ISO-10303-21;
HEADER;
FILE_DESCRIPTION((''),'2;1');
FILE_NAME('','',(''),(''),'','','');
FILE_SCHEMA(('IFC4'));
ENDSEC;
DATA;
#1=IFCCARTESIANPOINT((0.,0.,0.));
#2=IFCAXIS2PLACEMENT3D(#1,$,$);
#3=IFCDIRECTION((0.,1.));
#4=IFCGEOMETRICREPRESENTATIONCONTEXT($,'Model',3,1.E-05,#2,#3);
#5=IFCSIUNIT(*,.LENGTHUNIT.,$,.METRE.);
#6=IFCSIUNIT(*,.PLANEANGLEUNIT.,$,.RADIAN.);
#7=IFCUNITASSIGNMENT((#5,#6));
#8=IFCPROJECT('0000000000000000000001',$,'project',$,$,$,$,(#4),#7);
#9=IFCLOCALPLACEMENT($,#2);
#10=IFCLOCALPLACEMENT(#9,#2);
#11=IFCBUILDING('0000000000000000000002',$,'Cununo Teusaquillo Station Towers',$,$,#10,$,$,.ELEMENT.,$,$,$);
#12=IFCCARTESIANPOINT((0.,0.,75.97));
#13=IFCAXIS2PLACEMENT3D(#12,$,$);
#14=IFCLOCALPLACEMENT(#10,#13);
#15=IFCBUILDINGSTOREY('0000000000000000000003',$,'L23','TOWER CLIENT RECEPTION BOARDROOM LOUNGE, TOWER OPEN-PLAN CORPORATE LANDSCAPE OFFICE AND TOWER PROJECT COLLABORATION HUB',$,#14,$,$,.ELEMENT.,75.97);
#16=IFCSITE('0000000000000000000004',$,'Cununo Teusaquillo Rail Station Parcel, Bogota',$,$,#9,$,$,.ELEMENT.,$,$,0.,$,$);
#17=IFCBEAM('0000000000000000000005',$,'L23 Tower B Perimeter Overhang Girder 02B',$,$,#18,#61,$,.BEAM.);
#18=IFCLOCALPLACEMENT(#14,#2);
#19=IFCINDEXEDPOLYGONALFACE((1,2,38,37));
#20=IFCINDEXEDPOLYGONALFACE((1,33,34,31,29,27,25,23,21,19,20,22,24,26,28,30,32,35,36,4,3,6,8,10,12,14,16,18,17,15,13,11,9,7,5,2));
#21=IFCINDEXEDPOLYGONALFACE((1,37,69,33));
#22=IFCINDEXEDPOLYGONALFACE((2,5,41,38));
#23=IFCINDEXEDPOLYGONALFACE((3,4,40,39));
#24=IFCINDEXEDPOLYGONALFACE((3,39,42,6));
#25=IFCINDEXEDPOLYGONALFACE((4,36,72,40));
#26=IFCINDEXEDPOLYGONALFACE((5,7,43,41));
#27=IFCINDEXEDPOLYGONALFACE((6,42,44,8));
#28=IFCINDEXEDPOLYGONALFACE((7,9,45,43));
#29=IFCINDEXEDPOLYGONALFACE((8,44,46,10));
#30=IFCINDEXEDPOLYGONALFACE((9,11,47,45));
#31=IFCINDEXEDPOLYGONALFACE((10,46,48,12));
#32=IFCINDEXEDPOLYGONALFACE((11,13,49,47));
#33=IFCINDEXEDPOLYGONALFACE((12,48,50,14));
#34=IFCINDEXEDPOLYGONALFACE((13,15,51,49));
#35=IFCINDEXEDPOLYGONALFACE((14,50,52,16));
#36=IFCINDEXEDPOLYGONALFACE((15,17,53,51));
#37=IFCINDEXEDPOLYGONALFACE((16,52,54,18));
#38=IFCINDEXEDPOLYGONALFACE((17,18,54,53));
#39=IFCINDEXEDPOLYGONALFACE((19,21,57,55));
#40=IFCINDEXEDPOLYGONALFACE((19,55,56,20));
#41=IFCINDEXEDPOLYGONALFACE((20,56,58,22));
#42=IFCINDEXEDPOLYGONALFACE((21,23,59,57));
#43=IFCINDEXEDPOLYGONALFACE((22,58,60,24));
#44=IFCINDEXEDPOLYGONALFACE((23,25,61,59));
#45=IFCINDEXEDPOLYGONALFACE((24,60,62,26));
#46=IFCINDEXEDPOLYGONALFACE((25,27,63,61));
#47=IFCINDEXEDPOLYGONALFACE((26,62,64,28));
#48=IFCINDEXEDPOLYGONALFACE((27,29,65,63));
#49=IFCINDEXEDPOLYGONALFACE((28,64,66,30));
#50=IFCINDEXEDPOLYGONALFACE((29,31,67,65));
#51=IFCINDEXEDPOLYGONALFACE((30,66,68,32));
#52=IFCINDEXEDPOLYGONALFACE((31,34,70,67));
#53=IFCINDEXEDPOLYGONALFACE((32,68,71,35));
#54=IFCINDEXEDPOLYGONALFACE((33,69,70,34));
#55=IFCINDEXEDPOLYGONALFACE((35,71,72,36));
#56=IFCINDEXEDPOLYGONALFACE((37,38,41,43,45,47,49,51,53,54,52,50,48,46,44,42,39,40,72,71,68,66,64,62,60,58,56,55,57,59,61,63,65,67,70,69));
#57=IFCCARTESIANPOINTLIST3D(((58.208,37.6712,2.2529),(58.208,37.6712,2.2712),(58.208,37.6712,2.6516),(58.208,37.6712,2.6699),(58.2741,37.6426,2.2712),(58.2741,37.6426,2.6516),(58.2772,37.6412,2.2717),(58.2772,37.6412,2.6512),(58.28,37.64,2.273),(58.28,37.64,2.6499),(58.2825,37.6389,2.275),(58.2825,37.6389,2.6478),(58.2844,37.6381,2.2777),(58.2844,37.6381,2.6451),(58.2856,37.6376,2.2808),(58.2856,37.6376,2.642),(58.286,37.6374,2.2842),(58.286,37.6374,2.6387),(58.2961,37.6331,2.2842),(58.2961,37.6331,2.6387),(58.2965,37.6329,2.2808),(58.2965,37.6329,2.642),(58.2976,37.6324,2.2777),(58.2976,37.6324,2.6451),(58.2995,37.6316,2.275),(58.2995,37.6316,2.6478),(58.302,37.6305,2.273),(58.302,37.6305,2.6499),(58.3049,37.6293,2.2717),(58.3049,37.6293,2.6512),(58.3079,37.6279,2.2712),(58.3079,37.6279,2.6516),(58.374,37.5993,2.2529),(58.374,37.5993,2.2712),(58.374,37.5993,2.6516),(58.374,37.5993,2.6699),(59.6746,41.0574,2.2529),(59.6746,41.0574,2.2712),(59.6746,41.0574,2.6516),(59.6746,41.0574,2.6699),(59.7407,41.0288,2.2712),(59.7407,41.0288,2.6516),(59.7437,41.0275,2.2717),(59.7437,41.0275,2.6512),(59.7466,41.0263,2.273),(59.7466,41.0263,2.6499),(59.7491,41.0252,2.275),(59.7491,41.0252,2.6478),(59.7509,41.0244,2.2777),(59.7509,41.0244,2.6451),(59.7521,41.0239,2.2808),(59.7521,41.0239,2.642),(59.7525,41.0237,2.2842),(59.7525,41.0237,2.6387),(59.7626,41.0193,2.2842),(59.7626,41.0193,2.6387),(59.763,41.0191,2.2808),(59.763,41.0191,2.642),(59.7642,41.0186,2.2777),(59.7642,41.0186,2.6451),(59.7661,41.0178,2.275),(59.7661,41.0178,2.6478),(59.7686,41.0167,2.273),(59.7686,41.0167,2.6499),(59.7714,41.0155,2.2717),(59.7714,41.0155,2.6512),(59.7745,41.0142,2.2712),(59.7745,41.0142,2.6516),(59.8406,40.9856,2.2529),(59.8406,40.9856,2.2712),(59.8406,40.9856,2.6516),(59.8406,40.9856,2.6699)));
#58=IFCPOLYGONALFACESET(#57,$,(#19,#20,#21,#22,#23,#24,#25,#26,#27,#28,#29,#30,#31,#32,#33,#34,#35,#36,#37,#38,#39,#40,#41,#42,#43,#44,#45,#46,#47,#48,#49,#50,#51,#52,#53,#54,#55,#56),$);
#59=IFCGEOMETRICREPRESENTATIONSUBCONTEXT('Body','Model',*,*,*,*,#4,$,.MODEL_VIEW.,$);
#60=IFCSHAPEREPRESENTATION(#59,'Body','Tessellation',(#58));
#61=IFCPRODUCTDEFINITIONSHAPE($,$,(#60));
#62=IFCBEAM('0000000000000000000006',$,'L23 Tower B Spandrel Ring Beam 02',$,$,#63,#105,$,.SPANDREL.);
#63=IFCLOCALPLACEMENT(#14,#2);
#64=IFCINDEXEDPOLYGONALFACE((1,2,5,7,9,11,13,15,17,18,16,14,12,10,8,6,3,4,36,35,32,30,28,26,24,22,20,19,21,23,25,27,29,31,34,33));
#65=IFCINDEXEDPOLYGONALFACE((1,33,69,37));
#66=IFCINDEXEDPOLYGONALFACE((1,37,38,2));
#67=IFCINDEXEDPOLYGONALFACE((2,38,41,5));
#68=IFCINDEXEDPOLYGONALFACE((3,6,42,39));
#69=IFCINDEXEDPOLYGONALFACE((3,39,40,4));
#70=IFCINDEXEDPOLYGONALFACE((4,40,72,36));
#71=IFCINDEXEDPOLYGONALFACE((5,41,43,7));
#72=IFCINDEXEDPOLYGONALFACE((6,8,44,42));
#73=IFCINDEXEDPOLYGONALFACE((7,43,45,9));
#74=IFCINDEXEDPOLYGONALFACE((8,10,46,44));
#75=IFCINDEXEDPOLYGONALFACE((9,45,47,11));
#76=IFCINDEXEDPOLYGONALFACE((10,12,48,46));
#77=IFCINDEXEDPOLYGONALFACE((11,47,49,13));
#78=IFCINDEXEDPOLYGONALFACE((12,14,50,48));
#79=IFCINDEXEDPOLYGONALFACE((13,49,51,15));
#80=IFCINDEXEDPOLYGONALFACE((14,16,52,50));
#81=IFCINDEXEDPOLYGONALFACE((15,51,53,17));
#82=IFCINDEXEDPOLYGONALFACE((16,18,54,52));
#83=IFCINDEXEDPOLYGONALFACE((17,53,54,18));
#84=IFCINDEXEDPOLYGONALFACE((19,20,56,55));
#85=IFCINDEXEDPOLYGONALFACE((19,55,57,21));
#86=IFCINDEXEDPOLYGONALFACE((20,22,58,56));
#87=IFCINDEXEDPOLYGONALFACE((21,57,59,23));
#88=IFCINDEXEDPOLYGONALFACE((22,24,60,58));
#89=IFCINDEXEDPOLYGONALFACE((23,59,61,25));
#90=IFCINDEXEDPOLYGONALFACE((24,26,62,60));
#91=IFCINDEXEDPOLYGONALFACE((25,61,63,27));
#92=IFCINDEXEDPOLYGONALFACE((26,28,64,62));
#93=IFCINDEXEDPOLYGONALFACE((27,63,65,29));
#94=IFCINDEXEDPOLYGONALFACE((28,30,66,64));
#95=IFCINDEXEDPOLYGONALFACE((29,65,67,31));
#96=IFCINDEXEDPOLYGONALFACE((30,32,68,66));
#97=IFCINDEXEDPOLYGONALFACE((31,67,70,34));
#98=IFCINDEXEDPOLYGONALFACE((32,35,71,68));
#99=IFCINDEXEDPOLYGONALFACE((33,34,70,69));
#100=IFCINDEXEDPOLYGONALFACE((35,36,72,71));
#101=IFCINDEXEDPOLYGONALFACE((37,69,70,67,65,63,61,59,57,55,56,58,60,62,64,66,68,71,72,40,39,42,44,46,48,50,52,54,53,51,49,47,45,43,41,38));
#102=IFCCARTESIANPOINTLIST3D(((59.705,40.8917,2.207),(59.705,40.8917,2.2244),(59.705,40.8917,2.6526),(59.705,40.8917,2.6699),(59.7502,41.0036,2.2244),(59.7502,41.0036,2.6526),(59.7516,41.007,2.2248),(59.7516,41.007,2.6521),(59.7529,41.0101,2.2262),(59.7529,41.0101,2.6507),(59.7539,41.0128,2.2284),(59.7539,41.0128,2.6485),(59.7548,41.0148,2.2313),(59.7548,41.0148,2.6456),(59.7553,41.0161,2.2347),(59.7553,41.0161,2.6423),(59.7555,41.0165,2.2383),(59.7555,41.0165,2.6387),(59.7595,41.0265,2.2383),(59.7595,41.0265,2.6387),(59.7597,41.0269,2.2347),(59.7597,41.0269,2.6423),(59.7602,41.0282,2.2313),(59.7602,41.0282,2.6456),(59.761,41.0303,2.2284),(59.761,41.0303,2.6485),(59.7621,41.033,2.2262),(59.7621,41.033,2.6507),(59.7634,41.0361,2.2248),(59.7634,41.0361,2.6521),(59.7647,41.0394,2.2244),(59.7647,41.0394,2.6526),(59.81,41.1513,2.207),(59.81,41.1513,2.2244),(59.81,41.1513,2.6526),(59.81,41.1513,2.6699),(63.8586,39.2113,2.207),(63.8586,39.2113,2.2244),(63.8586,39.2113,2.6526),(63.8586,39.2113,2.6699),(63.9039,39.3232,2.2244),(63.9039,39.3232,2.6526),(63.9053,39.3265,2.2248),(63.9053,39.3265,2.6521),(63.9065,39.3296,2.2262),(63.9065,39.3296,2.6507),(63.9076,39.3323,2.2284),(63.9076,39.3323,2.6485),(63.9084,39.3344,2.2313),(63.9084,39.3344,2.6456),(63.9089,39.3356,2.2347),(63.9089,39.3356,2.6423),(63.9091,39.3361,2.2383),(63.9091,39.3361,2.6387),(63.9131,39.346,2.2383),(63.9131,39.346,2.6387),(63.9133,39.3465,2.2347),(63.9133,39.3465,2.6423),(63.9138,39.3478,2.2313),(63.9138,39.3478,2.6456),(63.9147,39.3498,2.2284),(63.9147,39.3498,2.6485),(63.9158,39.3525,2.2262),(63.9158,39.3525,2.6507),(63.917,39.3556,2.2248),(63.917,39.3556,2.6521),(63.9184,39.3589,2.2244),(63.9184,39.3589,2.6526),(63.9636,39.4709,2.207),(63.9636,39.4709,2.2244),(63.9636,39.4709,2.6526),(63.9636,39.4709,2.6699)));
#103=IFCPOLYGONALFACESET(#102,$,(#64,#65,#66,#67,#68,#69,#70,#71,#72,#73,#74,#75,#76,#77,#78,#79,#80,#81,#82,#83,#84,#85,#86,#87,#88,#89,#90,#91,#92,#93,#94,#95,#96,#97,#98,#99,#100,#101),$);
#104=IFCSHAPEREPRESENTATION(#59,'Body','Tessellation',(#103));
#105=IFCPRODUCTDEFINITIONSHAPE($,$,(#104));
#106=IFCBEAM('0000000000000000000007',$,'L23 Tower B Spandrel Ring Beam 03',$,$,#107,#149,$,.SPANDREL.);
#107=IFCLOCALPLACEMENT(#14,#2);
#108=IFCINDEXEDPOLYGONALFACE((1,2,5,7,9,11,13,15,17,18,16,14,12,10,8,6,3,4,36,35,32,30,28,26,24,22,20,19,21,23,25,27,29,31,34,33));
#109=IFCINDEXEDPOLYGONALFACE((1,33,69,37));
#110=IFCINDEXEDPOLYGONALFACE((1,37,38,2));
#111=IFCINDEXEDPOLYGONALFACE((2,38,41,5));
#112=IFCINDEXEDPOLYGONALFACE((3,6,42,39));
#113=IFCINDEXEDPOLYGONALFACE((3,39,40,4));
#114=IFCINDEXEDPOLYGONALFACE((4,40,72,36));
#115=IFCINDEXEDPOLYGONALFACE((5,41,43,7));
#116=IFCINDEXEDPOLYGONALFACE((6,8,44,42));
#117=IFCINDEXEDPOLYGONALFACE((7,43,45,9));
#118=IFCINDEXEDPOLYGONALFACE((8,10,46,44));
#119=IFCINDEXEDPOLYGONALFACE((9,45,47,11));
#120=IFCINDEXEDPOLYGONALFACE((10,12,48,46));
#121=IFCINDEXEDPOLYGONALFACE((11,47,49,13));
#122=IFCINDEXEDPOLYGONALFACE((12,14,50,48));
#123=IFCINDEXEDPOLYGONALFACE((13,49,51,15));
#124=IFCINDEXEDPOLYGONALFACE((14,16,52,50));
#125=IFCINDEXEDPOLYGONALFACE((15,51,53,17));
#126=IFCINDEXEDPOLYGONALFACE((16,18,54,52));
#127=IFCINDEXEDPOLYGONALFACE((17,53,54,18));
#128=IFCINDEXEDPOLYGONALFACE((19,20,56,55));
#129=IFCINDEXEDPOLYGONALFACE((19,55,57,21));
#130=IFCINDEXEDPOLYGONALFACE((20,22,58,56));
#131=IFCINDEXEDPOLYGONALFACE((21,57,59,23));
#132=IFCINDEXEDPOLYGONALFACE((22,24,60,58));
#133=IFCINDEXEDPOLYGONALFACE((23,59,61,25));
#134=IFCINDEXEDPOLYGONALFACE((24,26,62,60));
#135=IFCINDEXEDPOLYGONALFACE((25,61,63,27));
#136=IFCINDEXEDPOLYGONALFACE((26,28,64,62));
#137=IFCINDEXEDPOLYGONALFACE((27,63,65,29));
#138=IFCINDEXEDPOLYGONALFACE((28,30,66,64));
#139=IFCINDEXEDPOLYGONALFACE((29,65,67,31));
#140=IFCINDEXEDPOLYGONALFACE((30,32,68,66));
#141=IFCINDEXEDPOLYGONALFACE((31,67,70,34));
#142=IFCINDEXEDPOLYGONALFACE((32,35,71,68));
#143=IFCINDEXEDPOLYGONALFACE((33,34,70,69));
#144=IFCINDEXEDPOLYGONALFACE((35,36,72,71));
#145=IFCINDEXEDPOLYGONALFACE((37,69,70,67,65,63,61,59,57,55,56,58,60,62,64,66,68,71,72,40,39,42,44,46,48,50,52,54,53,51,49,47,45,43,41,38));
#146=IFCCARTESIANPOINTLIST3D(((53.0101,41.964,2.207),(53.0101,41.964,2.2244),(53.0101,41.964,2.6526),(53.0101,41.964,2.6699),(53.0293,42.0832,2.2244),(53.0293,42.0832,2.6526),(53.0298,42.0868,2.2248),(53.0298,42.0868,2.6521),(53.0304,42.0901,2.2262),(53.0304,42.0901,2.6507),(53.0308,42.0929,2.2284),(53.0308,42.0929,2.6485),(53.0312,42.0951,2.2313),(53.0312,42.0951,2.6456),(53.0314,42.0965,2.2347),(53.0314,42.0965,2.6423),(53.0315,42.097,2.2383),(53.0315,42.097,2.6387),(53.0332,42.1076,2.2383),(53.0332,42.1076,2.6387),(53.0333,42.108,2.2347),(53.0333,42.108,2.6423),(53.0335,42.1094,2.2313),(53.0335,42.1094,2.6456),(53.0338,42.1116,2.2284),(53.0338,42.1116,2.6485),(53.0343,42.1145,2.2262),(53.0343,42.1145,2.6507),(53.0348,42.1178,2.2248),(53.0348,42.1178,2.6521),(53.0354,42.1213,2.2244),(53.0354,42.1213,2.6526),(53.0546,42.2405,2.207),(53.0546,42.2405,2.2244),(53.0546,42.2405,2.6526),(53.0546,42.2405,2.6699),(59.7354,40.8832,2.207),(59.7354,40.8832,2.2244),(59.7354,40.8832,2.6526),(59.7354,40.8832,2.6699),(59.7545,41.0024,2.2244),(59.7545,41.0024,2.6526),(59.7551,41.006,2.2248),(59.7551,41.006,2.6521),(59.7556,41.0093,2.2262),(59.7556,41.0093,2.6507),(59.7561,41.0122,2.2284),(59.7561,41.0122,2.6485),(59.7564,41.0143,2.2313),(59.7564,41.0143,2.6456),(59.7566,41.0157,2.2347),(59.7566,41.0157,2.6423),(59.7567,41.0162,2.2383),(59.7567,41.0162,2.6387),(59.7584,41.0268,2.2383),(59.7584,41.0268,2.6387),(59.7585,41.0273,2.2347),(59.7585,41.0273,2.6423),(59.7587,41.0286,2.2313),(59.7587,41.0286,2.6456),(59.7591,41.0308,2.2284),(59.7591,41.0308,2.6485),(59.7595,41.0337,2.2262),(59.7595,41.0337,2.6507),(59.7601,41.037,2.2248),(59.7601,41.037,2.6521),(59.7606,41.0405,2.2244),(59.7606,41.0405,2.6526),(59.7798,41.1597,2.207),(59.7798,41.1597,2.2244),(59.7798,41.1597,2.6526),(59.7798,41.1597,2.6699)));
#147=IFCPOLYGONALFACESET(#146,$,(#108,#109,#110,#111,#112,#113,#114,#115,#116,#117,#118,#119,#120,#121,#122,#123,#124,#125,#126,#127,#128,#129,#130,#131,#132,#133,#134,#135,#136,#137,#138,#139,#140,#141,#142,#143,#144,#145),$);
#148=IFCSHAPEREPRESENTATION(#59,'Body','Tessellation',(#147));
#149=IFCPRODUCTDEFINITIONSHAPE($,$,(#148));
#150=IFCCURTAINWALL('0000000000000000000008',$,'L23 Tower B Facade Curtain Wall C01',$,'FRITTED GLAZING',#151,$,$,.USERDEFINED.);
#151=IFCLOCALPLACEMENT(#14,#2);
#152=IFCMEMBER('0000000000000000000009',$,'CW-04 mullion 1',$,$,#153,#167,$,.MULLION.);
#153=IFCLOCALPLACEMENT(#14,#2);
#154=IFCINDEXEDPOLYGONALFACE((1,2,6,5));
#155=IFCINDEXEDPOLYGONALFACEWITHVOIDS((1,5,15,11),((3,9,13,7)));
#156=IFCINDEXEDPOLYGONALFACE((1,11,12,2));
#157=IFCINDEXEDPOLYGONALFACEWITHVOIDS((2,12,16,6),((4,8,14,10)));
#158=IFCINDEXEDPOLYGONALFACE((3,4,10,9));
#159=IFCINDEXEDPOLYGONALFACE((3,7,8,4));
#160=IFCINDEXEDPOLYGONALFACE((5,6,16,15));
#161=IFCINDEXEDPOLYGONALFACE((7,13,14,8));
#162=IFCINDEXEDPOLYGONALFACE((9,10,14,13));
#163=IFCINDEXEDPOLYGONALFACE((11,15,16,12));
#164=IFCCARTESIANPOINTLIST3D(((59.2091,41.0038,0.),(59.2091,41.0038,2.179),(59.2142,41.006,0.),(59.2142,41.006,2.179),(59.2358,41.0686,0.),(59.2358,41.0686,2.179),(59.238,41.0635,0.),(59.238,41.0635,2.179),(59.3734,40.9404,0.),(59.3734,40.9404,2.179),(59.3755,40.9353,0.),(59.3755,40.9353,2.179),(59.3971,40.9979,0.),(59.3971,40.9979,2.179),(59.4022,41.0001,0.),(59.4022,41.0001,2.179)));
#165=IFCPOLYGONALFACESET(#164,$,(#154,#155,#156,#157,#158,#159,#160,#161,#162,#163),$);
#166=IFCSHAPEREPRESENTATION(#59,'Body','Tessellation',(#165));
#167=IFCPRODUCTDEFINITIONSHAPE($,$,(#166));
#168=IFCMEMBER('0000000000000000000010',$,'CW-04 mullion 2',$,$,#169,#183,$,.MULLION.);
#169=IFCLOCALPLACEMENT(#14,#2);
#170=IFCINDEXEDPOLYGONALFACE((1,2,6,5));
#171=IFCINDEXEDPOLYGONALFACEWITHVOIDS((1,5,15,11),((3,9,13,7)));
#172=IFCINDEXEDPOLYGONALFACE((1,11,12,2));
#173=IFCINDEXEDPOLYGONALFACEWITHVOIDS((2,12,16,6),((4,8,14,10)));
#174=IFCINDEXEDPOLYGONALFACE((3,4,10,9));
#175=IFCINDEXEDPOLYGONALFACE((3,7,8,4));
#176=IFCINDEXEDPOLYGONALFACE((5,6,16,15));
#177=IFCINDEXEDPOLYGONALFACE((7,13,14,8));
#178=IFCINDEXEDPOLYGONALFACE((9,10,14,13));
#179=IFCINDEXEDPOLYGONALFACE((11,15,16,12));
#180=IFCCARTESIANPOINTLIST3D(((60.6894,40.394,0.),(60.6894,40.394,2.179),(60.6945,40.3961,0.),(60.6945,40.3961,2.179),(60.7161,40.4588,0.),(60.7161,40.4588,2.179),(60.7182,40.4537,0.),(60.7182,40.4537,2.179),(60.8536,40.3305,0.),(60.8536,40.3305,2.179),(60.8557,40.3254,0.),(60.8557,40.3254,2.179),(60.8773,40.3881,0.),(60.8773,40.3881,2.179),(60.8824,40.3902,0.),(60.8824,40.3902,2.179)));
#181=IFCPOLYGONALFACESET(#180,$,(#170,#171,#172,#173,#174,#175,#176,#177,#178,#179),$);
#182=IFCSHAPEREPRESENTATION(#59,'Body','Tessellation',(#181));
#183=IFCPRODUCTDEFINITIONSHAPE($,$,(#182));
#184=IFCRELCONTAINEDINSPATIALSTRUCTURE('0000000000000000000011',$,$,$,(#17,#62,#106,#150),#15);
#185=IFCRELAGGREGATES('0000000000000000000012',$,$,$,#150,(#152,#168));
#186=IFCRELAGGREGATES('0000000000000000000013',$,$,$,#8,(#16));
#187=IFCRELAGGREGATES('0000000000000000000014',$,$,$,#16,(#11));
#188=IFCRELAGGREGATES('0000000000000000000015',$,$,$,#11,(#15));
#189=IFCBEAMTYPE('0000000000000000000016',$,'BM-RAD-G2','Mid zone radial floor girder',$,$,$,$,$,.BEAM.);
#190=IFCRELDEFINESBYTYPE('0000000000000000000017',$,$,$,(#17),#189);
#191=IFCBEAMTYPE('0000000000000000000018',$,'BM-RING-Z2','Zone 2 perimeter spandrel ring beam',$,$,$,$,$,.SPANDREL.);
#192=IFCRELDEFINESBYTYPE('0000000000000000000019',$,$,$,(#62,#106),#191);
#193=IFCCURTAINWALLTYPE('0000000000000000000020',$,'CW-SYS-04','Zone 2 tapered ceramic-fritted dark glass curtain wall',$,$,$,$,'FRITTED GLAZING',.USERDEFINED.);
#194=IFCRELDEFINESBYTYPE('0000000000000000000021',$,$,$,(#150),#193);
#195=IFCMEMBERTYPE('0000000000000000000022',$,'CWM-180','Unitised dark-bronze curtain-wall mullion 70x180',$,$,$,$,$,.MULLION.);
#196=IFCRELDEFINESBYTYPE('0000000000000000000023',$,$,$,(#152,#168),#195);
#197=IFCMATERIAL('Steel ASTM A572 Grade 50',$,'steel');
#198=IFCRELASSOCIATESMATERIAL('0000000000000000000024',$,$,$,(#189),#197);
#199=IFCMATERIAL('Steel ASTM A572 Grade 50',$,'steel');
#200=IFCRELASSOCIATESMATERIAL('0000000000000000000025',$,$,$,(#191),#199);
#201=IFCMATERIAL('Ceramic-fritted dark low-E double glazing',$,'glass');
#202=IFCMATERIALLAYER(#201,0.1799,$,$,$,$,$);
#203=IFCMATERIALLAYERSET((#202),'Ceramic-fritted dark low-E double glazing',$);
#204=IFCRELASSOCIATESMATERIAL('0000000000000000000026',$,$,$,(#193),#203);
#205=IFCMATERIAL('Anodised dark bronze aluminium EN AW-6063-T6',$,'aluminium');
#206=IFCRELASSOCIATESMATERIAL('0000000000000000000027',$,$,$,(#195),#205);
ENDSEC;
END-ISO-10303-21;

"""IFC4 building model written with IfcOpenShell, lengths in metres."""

from ifc_helpers import new_model, si_unit, direction, frame, origin, origin_2d, place, context, subcontext, project, spatial, hollow_rectangle, i_section, extrude, material, layer, layer_set, material_profile, profile_set, type_object, element, aggregate, save


model = new_model("IFC4")

# Units and contexts
model_context = context("Model", 3, precision=1e-05, world=origin(), true_north=direction((0.0, 1.0)))
body_context = subcontext(model_context, "Body", "Model", "MODEL_VIEW")
ifc_project = project(units=[si_unit("LENGTHUNIT", "METRE"), si_unit("PLANEANGLEUNIT", "RADIAN")], contexts=[model_context])

# Site, building, storey
site_placement = place(None, origin())
site = spatial("IfcSite", under=ifc_project, at=site_placement, Name="Cununo Teusaquillo Rail Station Parcel, Bogota", CompositionType="ELEMENT", RefElevation=0.0)
building_placement = place(site_placement, origin())
building = spatial("IfcBuilding", under=site, at=building_placement, Name="Cununo Teusaquillo Station Towers", CompositionType="ELEMENT")
storey_placement = place(building_placement, frame((0.0, 0.0, 75.97)))
storey = spatial("IfcBuildingStorey", under=building, at=storey_placement, Name="L23", Description="TOWER CLIENT RECEPTION BOARDROOM LOUNGE, TOWER OPEN-PLAN CORPORATE LANDSCAPE OFFICE AND TOWER PROJECT COLLABORATION HUB", CompositionType="ELEMENT", Elevation=75.97)

# Beams
ifc_material_1 = material(Name="Steel ASTM A572 Grade 50", Category="steel")
ifc_material_profile_1 = material_profile(ifc_material_1, i_section(OverallWidth=0.1809, OverallDepth=0.417, WebThickness=0.011, FlangeThickness=0.0183, FilletRadius=0.0129, at=origin_2d()), Name="W16X57")
ifc_profile_set_1 = profile_set([ifc_material_profile_1], Name="Steel ASTM A572 Grade 50")
beam_type_1 = type_object("IfcBeamType", Name="BM-RAD-G2", Description="Mid zone radial floor girder", PredefinedType="BEAM", material=ifc_profile_set_1)
beam_1_placement = place(storey_placement, frame((58.291, 37.6353, 2.4614), z_axis=(0.397422, 0.917636, 0.0), x_axis=(-0.917636, 0.397422, 0.0)))
element("IfcBeam", 1, at=beam_1_placement, inside=storey, type_object=beam_type_1, Name="L23 Tower B Perimeter Overhang Girder 02B", PredefinedType="BEAM", context=body_context, shape_type="SweptSolid", body=[
    extrude(i_section(OverallWidth=0.1809, OverallDepth=0.417, WebThickness=0.011, FlangeThickness=0.0183, FilletRadius=0.0129, at=origin_2d()), origin(), (0.0, 0.0, 1.0), 3.6902),
])
ifc_material_2 = material(Name="Steel ASTM A572 Grade 50", Category="steel")
ifc_material_profile_2 = material_profile(ifc_material_2, i_section(OverallWidth=0.28, OverallDepth=0.4629, WebThickness=0.0107, FlangeThickness=0.0173, FilletRadius=0.0139, at=origin_2d()), Name="W18X76")
ifc_profile_set_2 = profile_set([ifc_material_profile_2], Name="Steel ASTM A572 Grade 50")
beam_type_2 = type_object("IfcBeamType", Name="BM-RING-Z2", Description="Zone 2 perimeter spandrel ring beam", PredefinedType="SPANDREL", material=ifc_profile_set_2)
beam_2_placement = place(storey_placement, frame((63.9111, 39.3411, 2.4385), z_axis=(-0.927008, 0.375042, 0.0), x_axis=(-0.375042, -0.927008, 0.0)))
element("IfcBeam", 2, at=beam_2_placement, inside=storey, type_object=beam_type_2, Name="L23 Tower B Spandrel Ring Beam 02", PredefinedType="SPANDREL", context=body_context, shape_type="SweptSolid", body=[
    extrude(i_section(OverallWidth=0.28, OverallDepth=0.4629, WebThickness=0.0107, FlangeThickness=0.0173, FilletRadius=0.0139, at=origin_2d()), origin(), (0.0, 0.0, 1.0), 4.4807),
])
beam_3_placement = place(storey_placement, frame((59.7576, 41.0215, 2.4385), z_axis=(-0.987331, 0.158671, 0.0), x_axis=(-0.158671, -0.987331, 0.0)))
element("IfcBeam", 3, at=beam_3_placement, inside=storey, type_object=beam_type_2, Name="L23 Tower B Spandrel Ring Beam 03", PredefinedType="SPANDREL", context=body_context, shape_type="SweptSolid", body=[
    extrude(i_section(OverallWidth=0.28, OverallDepth=0.4629, WebThickness=0.0107, FlangeThickness=0.0173, FilletRadius=0.0139, at=origin_2d()), origin(), (0.0, 0.0, 1.0), 6.8115),
])

# Curtain wall, members
ifc_material_3 = material(Name="Ceramic-fritted dark low-E double glazing", Category="glass")
ifc_layer_1 = layer(ifc_material_3, 0.1799)
ifc_layer_set_1 = layer_set([ifc_layer_1], Name="Ceramic-fritted dark low-E double glazing")
curtain_wall_type = type_object("IfcCurtainWallType", Name="CW-SYS-04", Description="Zone 2 tapered ceramic-fritted dark glass curtain wall", ElementType="FRITTED GLAZING", PredefinedType="USERDEFINED", material=ifc_layer_set_1)
curtain_wall_placement = place(storey_placement, origin())
curtain_wall = element("IfcCurtainWall", 4, at=curtain_wall_placement, inside=storey, type_object=curtain_wall_type, Name="L23 Tower B Facade Curtain Wall C01", ObjectType="FRITTED GLAZING", PredefinedType="USERDEFINED")
ifc_material_4 = material(Name="Anodised dark bronze aluminium EN AW-6063-T6", Category="aluminium")
ifc_material_profile_3 = material_profile(ifc_material_4, hollow_rectangle(XDim=0.0701, YDim=0.1799, WallThickness=0.0039, at=origin_2d()), Name="CW-MULL-70x180")
ifc_profile_set_3 = profile_set([ifc_material_profile_3], Name="Anodised dark bronze aluminium EN AW-6063-T6")
member_type_1 = type_object("IfcMemberType", Name="CWM-180", Description="Unitised dark-bronze curtain-wall mullion 70x180", PredefinedType="MULLION", material=ifc_profile_set_3)
member_1_placement = place(storey_placement, frame((59.3057, 41.002, 0.0), z_axis=(0.0, 0.0, 1.0), x_axis=(0.381031, 0.924562, 0.0)))
member_1 = element("IfcMember", 5, at=member_1_placement, type_object=member_type_1, Name="CW-04 mullion 1", PredefinedType="MULLION", context=body_context, shape_type="SweptSolid", body=[
    extrude(hollow_rectangle(XDim=0.0701, YDim=0.1799, WallThickness=0.0039, at=origin_2d()), origin(), (0.0, 0.0, 1.0), 2.179),
])
member_2_placement = place(storey_placement, frame((60.7859, 40.3921, 0.0), z_axis=(0.0, 0.0, 1.0), x_axis=(0.381031, 0.924562, 0.0)))
member_2 = element("IfcMember", 6, at=member_2_placement, type_object=member_type_1, Name="CW-04 mullion 2", PredefinedType="MULLION", context=body_context, shape_type="SweptSolid", body=[
    extrude(hollow_rectangle(XDim=0.0701, YDim=0.1799, WallThickness=0.0039, at=origin_2d()), origin(), (0.0, 0.0, 1.0), 2.179),
])

aggregate(curtain_wall, [member_1, member_2])

save(model, "model.ifc")
